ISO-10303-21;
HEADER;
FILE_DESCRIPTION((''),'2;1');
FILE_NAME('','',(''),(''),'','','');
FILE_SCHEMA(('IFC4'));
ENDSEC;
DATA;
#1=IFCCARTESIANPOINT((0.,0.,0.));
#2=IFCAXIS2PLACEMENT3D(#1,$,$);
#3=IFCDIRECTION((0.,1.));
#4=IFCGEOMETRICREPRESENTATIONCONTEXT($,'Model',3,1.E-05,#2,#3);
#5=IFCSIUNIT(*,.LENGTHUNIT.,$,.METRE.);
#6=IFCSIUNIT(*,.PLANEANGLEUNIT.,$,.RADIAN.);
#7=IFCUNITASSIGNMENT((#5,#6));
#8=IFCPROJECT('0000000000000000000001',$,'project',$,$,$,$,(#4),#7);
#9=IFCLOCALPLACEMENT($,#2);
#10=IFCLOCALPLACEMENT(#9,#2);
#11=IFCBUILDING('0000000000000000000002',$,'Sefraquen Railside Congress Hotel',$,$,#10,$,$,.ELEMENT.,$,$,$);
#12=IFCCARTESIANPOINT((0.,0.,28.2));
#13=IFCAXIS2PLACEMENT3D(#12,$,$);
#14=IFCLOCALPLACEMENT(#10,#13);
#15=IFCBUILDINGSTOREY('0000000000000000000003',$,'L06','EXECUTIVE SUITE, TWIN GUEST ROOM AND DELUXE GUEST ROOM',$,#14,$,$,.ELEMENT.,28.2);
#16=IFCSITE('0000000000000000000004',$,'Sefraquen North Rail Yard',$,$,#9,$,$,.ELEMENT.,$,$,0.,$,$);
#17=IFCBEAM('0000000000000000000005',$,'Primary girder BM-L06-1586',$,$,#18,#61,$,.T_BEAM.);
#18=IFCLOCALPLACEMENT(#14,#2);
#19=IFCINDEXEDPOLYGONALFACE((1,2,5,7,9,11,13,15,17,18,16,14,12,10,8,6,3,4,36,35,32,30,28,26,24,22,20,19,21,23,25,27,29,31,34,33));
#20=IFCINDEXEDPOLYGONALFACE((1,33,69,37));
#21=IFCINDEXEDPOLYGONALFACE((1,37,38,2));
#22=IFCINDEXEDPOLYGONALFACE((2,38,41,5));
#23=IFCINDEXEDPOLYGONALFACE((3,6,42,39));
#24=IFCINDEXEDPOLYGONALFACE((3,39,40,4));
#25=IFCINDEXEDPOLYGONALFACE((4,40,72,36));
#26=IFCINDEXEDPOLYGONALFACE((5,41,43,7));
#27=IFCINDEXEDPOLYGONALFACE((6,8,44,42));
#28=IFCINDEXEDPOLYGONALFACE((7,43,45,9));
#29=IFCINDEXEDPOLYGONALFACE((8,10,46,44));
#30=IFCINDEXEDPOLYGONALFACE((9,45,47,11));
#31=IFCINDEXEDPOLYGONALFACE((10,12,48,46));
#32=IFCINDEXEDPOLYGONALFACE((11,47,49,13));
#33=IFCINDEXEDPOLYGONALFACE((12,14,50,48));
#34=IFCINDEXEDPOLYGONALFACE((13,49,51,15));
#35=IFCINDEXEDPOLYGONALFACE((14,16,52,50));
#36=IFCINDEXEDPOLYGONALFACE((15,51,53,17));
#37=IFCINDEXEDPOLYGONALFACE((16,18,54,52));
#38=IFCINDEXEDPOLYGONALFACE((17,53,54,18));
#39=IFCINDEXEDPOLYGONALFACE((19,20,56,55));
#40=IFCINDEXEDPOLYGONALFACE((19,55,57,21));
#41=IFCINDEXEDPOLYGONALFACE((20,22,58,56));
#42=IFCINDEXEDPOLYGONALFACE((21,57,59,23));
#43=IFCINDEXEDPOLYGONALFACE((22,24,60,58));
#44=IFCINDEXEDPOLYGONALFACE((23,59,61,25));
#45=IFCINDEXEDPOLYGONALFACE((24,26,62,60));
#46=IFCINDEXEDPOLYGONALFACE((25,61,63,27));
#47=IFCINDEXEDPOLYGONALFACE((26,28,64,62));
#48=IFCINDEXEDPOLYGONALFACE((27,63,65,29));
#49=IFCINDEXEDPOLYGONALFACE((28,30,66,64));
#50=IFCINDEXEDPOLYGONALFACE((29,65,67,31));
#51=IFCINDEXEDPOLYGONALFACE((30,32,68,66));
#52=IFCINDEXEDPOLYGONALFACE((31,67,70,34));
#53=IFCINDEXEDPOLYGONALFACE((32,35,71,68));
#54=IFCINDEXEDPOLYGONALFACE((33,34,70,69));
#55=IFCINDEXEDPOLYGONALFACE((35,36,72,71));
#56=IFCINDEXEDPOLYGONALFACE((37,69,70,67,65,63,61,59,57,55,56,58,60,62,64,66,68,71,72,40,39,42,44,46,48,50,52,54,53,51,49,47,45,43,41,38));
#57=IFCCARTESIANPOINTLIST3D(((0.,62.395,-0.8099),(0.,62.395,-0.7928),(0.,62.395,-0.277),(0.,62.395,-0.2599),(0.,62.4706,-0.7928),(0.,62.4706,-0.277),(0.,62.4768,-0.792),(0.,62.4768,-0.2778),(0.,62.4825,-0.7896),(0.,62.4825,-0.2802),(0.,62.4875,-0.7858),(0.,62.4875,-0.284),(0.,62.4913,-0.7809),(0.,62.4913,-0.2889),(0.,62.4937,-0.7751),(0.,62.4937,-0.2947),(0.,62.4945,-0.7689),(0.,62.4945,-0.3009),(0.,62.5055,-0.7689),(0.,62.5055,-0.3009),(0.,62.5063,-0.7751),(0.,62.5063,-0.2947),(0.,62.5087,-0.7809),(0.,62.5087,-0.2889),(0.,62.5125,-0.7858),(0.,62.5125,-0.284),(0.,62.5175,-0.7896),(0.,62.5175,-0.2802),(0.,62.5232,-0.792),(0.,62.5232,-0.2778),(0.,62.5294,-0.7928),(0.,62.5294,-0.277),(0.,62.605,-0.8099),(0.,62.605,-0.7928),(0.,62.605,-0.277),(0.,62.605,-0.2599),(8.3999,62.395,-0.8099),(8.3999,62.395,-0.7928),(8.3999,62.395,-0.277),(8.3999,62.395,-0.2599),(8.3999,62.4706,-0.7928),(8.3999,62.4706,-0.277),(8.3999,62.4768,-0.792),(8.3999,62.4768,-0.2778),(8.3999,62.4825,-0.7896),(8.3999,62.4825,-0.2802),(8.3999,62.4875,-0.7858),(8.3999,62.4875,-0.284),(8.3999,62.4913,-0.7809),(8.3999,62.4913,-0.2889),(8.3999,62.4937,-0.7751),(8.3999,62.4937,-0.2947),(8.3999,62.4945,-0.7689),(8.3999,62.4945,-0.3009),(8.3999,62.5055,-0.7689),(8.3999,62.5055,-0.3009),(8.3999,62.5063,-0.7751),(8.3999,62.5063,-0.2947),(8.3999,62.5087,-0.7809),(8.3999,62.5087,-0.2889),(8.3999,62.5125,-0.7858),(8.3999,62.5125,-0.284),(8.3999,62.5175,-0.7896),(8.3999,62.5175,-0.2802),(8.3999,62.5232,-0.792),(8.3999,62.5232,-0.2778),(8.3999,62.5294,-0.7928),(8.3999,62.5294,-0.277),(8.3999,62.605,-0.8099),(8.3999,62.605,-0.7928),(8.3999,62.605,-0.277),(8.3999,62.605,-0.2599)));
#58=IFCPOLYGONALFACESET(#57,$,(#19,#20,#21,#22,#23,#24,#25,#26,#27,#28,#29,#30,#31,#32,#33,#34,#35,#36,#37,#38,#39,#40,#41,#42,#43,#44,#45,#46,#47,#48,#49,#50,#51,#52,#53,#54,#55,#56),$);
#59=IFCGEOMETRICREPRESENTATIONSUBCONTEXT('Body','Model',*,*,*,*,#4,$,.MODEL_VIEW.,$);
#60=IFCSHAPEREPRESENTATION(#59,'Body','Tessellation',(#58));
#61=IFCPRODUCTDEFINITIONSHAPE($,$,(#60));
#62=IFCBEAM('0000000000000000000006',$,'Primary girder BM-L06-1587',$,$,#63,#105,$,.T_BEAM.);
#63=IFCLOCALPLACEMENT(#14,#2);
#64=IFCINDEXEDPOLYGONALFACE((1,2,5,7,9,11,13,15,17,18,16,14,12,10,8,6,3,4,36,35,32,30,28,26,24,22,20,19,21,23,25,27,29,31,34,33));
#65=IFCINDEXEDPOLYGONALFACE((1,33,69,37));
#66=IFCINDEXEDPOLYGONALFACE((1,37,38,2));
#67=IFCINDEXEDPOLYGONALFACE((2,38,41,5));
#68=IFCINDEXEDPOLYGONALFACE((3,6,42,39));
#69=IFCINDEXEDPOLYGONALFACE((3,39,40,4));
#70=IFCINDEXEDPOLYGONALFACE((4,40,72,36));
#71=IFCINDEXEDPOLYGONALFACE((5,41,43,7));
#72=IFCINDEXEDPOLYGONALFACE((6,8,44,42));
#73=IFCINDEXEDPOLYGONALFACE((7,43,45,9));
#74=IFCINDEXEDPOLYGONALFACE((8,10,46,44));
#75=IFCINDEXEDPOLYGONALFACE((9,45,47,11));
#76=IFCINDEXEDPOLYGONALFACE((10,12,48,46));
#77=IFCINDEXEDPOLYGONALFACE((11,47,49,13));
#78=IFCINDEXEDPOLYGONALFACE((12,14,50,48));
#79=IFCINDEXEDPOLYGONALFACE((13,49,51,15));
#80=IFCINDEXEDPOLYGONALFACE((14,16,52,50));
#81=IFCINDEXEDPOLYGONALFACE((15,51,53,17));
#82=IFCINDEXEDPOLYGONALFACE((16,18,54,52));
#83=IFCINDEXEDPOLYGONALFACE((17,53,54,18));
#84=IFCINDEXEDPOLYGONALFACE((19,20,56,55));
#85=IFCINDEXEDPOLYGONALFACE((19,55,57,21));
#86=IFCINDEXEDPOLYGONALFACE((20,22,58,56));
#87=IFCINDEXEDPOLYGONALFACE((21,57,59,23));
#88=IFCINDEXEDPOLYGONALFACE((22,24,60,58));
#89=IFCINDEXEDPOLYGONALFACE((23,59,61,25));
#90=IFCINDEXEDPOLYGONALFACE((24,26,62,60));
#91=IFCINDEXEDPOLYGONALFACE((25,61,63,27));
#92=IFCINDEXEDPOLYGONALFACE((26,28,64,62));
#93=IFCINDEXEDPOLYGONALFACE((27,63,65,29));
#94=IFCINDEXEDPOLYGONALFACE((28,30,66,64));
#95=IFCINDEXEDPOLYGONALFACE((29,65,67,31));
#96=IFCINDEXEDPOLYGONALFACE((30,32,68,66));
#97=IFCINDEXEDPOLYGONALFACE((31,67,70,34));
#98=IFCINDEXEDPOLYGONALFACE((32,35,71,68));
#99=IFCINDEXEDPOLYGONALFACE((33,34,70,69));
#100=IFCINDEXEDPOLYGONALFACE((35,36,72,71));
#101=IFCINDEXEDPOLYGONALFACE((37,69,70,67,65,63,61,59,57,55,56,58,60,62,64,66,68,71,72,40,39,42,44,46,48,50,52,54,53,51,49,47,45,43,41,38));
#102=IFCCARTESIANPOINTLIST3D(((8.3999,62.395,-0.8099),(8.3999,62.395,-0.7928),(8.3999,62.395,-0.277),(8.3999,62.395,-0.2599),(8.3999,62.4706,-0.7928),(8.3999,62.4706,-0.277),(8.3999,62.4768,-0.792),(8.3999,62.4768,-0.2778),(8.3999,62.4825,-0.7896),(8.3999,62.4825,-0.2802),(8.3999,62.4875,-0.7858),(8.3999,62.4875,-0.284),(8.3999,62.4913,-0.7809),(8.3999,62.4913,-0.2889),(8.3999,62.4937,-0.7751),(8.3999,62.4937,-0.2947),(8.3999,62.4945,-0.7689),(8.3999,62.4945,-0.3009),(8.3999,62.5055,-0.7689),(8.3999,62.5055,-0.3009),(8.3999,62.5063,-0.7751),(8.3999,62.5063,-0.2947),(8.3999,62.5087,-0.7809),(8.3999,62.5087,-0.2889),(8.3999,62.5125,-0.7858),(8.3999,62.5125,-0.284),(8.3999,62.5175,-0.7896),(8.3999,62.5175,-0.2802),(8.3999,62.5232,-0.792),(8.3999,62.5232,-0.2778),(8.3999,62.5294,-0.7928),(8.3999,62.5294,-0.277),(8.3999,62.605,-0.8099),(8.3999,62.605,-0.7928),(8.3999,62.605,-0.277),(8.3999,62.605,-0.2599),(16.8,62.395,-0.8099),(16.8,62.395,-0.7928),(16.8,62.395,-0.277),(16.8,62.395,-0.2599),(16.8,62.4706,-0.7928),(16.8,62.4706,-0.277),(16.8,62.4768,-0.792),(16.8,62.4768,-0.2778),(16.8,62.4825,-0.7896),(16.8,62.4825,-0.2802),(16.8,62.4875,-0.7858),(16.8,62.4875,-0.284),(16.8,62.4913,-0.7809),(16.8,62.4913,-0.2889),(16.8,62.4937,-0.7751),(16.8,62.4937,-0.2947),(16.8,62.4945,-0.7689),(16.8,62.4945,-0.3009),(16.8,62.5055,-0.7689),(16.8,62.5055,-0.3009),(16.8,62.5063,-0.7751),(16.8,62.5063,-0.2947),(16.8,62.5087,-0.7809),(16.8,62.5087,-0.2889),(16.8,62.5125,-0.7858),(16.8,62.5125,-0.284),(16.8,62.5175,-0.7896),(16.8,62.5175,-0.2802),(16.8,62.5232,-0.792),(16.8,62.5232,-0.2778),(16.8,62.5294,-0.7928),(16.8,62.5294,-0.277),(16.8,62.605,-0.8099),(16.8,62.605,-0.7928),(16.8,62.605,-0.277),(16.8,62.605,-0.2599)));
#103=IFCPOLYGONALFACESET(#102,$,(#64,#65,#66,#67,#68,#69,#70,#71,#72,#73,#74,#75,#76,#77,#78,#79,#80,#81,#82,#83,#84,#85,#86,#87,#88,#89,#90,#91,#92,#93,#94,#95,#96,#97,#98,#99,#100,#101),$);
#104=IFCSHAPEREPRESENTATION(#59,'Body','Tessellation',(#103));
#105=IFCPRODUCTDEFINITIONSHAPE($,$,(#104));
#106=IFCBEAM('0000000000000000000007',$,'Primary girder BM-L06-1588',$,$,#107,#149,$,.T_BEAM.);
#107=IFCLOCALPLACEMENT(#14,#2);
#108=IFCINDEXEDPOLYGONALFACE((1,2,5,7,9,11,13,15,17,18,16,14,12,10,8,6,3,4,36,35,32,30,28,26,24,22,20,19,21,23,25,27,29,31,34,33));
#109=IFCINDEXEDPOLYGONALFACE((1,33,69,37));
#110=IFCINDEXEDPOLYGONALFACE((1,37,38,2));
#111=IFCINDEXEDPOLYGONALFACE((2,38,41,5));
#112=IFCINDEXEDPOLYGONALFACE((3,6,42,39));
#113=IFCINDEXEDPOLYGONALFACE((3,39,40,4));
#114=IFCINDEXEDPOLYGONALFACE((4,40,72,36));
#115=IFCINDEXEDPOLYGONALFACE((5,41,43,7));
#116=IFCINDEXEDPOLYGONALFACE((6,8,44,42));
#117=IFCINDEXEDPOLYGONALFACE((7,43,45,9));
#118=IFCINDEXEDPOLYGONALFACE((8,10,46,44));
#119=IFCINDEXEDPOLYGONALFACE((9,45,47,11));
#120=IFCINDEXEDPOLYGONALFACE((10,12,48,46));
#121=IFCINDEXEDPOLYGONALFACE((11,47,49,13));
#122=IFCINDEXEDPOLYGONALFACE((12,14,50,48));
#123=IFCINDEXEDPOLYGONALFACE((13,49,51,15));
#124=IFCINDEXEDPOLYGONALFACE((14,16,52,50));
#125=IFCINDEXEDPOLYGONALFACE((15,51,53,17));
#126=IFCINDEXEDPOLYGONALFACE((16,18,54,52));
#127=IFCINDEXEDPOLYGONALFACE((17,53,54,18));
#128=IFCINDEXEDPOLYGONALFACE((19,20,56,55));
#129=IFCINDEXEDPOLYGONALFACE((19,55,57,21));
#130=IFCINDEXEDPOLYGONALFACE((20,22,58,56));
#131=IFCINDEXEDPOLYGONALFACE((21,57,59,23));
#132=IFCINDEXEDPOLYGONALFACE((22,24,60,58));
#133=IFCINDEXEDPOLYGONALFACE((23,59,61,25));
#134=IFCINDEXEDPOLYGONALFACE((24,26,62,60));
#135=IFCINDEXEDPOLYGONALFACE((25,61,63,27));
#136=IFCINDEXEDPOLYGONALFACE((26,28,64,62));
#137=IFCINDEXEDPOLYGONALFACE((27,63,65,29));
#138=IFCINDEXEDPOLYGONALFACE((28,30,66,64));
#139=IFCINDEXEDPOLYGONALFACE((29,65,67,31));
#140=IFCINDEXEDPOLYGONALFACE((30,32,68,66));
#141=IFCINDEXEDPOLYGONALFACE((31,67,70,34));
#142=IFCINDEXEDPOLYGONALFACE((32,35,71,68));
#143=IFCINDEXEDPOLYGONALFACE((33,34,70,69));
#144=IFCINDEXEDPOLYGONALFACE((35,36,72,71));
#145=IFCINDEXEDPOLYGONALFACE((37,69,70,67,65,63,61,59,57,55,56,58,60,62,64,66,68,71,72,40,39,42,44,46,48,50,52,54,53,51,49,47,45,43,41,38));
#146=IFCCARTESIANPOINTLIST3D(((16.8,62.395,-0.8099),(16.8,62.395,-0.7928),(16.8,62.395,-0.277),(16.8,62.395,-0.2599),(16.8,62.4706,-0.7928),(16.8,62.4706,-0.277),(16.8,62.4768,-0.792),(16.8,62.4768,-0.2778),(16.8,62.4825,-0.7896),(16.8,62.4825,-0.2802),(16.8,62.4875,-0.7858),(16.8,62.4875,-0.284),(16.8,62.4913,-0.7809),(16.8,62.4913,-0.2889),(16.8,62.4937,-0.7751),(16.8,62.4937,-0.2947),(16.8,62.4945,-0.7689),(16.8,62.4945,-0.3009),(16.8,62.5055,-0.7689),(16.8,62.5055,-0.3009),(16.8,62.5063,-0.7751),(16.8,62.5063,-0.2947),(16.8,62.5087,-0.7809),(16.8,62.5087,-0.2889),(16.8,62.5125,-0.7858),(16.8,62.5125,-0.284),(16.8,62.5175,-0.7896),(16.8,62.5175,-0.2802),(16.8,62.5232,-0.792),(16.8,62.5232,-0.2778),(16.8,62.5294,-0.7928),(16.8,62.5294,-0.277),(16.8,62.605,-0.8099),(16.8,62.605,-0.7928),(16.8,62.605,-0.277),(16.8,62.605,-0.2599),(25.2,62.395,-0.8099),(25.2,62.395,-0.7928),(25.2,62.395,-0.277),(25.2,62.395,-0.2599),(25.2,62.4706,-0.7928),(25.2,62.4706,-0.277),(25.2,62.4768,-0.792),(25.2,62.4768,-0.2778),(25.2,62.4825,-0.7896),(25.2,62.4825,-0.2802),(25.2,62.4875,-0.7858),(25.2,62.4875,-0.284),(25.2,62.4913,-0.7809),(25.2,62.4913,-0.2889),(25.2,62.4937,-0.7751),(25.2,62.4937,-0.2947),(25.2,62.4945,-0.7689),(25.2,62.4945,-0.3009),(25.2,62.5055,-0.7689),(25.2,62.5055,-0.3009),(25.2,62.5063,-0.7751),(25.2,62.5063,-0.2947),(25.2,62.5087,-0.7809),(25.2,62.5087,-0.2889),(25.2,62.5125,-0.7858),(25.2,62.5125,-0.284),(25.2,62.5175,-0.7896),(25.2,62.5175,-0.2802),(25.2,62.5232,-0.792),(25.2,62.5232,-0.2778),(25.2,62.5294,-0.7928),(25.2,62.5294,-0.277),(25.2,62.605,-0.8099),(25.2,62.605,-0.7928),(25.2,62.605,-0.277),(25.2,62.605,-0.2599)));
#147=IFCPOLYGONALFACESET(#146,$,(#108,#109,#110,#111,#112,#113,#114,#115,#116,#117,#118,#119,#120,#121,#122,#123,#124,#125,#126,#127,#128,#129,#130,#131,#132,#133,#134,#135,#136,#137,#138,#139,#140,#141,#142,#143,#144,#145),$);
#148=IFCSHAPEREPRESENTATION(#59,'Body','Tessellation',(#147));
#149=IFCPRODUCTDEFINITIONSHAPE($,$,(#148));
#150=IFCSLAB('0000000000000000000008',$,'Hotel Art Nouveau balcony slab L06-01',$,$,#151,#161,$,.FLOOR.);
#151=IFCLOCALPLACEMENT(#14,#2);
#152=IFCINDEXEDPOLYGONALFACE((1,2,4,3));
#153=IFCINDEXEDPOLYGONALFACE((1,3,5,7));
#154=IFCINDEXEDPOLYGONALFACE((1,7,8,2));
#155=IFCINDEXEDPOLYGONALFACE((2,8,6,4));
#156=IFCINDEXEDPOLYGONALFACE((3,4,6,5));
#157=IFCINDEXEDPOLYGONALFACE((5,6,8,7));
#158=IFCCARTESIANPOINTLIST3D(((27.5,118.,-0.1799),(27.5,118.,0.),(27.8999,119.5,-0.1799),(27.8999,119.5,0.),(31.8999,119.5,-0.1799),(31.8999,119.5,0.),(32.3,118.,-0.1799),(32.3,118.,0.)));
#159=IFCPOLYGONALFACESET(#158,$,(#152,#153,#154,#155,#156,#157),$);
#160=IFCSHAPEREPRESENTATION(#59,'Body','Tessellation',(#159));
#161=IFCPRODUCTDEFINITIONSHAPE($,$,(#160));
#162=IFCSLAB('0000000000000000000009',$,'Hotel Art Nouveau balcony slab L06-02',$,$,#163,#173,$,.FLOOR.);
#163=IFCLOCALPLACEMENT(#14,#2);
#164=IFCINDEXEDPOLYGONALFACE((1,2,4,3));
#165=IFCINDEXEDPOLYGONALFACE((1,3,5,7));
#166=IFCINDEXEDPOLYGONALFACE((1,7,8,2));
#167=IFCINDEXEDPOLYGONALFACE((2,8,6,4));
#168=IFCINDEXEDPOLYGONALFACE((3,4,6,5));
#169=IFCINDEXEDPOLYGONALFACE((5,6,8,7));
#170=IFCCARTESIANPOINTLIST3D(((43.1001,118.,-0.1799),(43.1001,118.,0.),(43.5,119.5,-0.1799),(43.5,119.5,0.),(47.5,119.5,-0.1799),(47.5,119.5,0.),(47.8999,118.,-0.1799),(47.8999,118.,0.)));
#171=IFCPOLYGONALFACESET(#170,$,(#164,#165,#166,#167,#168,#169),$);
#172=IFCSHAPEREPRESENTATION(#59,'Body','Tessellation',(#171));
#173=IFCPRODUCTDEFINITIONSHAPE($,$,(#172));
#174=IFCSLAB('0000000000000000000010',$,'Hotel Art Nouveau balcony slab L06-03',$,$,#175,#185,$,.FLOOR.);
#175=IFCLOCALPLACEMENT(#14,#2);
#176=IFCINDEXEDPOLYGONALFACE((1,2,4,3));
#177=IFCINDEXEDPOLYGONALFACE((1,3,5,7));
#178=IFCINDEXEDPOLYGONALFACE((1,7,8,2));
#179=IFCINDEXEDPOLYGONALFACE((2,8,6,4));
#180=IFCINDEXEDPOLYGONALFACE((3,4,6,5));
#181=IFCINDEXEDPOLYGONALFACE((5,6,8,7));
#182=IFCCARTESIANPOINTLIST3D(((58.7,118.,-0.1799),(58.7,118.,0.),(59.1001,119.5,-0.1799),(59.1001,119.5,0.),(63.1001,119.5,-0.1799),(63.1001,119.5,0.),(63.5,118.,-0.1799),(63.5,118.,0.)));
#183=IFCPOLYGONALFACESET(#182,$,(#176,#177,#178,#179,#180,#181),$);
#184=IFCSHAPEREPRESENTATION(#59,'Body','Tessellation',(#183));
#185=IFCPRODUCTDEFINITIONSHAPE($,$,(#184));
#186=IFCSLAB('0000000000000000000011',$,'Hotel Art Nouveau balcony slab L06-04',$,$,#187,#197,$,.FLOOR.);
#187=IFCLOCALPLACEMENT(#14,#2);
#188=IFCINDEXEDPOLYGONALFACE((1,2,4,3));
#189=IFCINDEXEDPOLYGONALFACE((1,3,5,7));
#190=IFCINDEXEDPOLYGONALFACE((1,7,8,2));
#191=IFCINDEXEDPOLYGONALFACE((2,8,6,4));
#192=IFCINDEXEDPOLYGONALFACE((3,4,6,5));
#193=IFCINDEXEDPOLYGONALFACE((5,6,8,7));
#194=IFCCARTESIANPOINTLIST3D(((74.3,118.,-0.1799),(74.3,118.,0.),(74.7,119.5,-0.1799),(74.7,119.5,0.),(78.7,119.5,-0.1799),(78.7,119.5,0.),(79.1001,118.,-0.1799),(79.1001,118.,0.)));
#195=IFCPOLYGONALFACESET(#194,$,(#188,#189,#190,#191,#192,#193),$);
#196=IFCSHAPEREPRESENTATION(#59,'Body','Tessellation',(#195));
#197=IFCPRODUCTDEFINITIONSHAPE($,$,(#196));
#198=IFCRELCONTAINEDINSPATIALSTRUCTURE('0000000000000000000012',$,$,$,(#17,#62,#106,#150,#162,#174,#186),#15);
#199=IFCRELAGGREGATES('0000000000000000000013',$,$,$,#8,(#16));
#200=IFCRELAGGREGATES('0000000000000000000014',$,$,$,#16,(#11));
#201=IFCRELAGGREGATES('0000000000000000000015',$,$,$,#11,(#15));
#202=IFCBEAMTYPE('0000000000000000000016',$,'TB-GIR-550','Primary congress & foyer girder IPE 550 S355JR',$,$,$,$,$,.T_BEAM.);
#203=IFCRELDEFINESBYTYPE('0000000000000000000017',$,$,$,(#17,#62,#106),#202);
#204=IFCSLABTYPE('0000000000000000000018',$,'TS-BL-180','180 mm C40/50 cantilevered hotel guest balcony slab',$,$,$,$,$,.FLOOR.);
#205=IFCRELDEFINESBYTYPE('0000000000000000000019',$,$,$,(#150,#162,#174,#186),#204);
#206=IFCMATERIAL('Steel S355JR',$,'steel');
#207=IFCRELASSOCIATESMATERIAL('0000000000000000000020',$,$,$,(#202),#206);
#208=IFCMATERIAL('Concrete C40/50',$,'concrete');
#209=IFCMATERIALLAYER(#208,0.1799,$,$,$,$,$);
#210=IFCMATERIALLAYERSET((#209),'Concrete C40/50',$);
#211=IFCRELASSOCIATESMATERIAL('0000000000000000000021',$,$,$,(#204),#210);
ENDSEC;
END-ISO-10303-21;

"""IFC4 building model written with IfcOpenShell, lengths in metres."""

from ifc_helpers import new_model, si_unit, direction, frame, origin, origin_2d, place, context, subcontext, project, spatial, polyline, i_section, outline, extrude, material, layer, layer_set, material_profile, profile_set, type_object, element, save


model = new_model("IFC4")

# Units and contexts
model_context = context("Model", 3, precision=1e-05, world=origin(), true_north=direction((0.0, 1.0)))
body_context = subcontext(model_context, "Body", "Model", "MODEL_VIEW")
ifc_project = project(units=[si_unit("LENGTHUNIT", "METRE"), si_unit("PLANEANGLEUNIT", "RADIAN")], contexts=[model_context])

# Site, building, storey
site_placement = place(None, origin())
site = spatial("IfcSite", under=ifc_project, at=site_placement, Name="Sefraquen North Rail Yard", CompositionType="ELEMENT", RefElevation=0.0)
building_placement = place(site_placement, origin())
building = spatial("IfcBuilding", under=site, at=building_placement, Name="Sefraquen Railside Congress Hotel", CompositionType="ELEMENT")
storey_placement = place(building_placement, frame((0.0, 0.0, 28.2)))
storey = spatial("IfcBuildingStorey", under=building, at=storey_placement, Name="L06", Description="EXECUTIVE SUITE, TWIN GUEST ROOM AND DELUXE GUEST ROOM", CompositionType="ELEMENT", Elevation=28.2)

# Shared definitions
ifc_material_1 = material(Name="Steel S355JR", Category="steel")

# Beams
ifc_material_profile_1 = material_profile(ifc_material_1, i_section(OverallWidth=0.21, OverallDepth=0.55, WebThickness=0.011, FlangeThickness=0.0171, FilletRadius=0.0239, at=origin_2d()), Name="IPE 550")
ifc_profile_set_1 = profile_set([ifc_material_profile_1], Name="Steel S355JR")
beam_type_1 = type_object("IfcBeamType", Name="TB-GIR-550", Description="Primary congress & foyer girder IPE 550 S355JR", PredefinedType="T_BEAM", material=ifc_profile_set_1)
beam_1_placement = place(storey_placement, frame((0.0, 62.5, -0.5349), z_axis=(1.0, 0.0, 0.0), x_axis=(0.0, 1.0, 0.0)))
element("IfcBeam", 1, at=beam_1_placement, inside=storey, type_object=beam_type_1, Name="Primary girder BM-L06-1586", PredefinedType="T_BEAM", context=body_context, shape_type="SweptSolid", body=[
    extrude(i_section(OverallWidth=0.21, OverallDepth=0.55, WebThickness=0.011, FlangeThickness=0.0171, FilletRadius=0.0239, at=origin_2d()), origin(), (0.0, 0.0, 1.0), 8.3999),
])
beam_2_placement = place(storey_placement, frame((8.3999, 62.5, -0.5349), z_axis=(1.0, 0.0, 0.0), x_axis=(0.0, 1.0, 0.0)))
element("IfcBeam", 2, at=beam_2_placement, inside=storey, type_object=beam_type_1, Name="Primary girder BM-L06-1587", PredefinedType="T_BEAM", context=body_context, shape_type="SweptSolid", body=[
    extrude(i_section(OverallWidth=0.21, OverallDepth=0.55, WebThickness=0.011, FlangeThickness=0.0171, FilletRadius=0.0239, at=origin_2d()), origin(), (0.0, 0.0, 1.0), 8.4001),
])
beam_3_placement = place(storey_placement, frame((16.8, 62.5, -0.5349), z_axis=(1.0, 0.0, 0.0), x_axis=(0.0, 1.0, 0.0)))
element("IfcBeam", 3, at=beam_3_placement, inside=storey, type_object=beam_type_1, Name="Primary girder BM-L06-1588", PredefinedType="T_BEAM", context=body_context, shape_type="SweptSolid", body=[
    extrude(i_section(OverallWidth=0.21, OverallDepth=0.55, WebThickness=0.011, FlangeThickness=0.0171, FilletRadius=0.0239, at=origin_2d()), origin(), (0.0, 0.0, 1.0), 8.3999),
])

# Slabs
ifc_material_2 = material(Name="Concrete C40/50", Category="concrete")
ifc_layer_1 = layer(ifc_material_2, 0.1799)
ifc_layer_set_1 = layer_set([ifc_layer_1], Name="Concrete C40/50")
slab_type_1 = type_object("IfcSlabType", Name="TS-BL-180", Description="180 mm C40/50 cantilevered hotel guest balcony slab", PredefinedType="FLOOR", material=ifc_layer_set_1)
slab_1_placement = place(storey_placement, frame((0.0, 0.0, -0.1799)))
element("IfcSlab", 4, at=slab_1_placement, inside=storey, type_object=slab_type_1, Name="Hotel Art Nouveau balcony slab L06-01", PredefinedType="FLOOR", context=body_context, shape_type="SweptSolid", body=[
    extrude(outline(polyline([(27.5, 118.0), (32.3, 118.0), (31.8999, 119.5), (27.8999, 119.5), (27.5, 118.0)])), origin(), (0.0, 0.0, 1.0), 0.1799),
])
slab_2_placement = place(storey_placement, frame((0.0, 0.0, -0.1799)))
element("IfcSlab", 5, at=slab_2_placement, inside=storey, type_object=slab_type_1, Name="Hotel Art Nouveau balcony slab L06-02", PredefinedType="FLOOR", context=body_context, shape_type="SweptSolid", body=[
    extrude(outline(polyline([(43.1001, 118.0), (47.8999, 118.0), (47.5, 119.5), (43.5, 119.5), (43.1001, 118.0)])), origin(), (0.0, 0.0, 1.0), 0.1799),
])
slab_3_placement = place(storey_placement, frame((0.0, 0.0, -0.1799)))
element("IfcSlab", 6, at=slab_3_placement, inside=storey, type_object=slab_type_1, Name="Hotel Art Nouveau balcony slab L06-03", PredefinedType="FLOOR", context=body_context, shape_type="SweptSolid", body=[
    extrude(outline(polyline([(58.7, 118.0), (63.5, 118.0), (63.1001, 119.5), (59.1001, 119.5), (58.7, 118.0)])), origin(), (0.0, 0.0, 1.0), 0.1799),
])
slab_4_placement = place(storey_placement, frame((0.0, 0.0, -0.1799)))
element("IfcSlab", 7, at=slab_4_placement, inside=storey, type_object=slab_type_1, Name="Hotel Art Nouveau balcony slab L06-04", PredefinedType="FLOOR", context=body_context, shape_type="SweptSolid", body=[
    extrude(outline(polyline([(74.3, 118.0), (79.1001, 118.0), (78.7, 119.5), (74.7, 119.5), (74.3, 118.0)])), origin(), (0.0, 0.0, 1.0), 0.1799),
])

save(model, "model.ifc")
